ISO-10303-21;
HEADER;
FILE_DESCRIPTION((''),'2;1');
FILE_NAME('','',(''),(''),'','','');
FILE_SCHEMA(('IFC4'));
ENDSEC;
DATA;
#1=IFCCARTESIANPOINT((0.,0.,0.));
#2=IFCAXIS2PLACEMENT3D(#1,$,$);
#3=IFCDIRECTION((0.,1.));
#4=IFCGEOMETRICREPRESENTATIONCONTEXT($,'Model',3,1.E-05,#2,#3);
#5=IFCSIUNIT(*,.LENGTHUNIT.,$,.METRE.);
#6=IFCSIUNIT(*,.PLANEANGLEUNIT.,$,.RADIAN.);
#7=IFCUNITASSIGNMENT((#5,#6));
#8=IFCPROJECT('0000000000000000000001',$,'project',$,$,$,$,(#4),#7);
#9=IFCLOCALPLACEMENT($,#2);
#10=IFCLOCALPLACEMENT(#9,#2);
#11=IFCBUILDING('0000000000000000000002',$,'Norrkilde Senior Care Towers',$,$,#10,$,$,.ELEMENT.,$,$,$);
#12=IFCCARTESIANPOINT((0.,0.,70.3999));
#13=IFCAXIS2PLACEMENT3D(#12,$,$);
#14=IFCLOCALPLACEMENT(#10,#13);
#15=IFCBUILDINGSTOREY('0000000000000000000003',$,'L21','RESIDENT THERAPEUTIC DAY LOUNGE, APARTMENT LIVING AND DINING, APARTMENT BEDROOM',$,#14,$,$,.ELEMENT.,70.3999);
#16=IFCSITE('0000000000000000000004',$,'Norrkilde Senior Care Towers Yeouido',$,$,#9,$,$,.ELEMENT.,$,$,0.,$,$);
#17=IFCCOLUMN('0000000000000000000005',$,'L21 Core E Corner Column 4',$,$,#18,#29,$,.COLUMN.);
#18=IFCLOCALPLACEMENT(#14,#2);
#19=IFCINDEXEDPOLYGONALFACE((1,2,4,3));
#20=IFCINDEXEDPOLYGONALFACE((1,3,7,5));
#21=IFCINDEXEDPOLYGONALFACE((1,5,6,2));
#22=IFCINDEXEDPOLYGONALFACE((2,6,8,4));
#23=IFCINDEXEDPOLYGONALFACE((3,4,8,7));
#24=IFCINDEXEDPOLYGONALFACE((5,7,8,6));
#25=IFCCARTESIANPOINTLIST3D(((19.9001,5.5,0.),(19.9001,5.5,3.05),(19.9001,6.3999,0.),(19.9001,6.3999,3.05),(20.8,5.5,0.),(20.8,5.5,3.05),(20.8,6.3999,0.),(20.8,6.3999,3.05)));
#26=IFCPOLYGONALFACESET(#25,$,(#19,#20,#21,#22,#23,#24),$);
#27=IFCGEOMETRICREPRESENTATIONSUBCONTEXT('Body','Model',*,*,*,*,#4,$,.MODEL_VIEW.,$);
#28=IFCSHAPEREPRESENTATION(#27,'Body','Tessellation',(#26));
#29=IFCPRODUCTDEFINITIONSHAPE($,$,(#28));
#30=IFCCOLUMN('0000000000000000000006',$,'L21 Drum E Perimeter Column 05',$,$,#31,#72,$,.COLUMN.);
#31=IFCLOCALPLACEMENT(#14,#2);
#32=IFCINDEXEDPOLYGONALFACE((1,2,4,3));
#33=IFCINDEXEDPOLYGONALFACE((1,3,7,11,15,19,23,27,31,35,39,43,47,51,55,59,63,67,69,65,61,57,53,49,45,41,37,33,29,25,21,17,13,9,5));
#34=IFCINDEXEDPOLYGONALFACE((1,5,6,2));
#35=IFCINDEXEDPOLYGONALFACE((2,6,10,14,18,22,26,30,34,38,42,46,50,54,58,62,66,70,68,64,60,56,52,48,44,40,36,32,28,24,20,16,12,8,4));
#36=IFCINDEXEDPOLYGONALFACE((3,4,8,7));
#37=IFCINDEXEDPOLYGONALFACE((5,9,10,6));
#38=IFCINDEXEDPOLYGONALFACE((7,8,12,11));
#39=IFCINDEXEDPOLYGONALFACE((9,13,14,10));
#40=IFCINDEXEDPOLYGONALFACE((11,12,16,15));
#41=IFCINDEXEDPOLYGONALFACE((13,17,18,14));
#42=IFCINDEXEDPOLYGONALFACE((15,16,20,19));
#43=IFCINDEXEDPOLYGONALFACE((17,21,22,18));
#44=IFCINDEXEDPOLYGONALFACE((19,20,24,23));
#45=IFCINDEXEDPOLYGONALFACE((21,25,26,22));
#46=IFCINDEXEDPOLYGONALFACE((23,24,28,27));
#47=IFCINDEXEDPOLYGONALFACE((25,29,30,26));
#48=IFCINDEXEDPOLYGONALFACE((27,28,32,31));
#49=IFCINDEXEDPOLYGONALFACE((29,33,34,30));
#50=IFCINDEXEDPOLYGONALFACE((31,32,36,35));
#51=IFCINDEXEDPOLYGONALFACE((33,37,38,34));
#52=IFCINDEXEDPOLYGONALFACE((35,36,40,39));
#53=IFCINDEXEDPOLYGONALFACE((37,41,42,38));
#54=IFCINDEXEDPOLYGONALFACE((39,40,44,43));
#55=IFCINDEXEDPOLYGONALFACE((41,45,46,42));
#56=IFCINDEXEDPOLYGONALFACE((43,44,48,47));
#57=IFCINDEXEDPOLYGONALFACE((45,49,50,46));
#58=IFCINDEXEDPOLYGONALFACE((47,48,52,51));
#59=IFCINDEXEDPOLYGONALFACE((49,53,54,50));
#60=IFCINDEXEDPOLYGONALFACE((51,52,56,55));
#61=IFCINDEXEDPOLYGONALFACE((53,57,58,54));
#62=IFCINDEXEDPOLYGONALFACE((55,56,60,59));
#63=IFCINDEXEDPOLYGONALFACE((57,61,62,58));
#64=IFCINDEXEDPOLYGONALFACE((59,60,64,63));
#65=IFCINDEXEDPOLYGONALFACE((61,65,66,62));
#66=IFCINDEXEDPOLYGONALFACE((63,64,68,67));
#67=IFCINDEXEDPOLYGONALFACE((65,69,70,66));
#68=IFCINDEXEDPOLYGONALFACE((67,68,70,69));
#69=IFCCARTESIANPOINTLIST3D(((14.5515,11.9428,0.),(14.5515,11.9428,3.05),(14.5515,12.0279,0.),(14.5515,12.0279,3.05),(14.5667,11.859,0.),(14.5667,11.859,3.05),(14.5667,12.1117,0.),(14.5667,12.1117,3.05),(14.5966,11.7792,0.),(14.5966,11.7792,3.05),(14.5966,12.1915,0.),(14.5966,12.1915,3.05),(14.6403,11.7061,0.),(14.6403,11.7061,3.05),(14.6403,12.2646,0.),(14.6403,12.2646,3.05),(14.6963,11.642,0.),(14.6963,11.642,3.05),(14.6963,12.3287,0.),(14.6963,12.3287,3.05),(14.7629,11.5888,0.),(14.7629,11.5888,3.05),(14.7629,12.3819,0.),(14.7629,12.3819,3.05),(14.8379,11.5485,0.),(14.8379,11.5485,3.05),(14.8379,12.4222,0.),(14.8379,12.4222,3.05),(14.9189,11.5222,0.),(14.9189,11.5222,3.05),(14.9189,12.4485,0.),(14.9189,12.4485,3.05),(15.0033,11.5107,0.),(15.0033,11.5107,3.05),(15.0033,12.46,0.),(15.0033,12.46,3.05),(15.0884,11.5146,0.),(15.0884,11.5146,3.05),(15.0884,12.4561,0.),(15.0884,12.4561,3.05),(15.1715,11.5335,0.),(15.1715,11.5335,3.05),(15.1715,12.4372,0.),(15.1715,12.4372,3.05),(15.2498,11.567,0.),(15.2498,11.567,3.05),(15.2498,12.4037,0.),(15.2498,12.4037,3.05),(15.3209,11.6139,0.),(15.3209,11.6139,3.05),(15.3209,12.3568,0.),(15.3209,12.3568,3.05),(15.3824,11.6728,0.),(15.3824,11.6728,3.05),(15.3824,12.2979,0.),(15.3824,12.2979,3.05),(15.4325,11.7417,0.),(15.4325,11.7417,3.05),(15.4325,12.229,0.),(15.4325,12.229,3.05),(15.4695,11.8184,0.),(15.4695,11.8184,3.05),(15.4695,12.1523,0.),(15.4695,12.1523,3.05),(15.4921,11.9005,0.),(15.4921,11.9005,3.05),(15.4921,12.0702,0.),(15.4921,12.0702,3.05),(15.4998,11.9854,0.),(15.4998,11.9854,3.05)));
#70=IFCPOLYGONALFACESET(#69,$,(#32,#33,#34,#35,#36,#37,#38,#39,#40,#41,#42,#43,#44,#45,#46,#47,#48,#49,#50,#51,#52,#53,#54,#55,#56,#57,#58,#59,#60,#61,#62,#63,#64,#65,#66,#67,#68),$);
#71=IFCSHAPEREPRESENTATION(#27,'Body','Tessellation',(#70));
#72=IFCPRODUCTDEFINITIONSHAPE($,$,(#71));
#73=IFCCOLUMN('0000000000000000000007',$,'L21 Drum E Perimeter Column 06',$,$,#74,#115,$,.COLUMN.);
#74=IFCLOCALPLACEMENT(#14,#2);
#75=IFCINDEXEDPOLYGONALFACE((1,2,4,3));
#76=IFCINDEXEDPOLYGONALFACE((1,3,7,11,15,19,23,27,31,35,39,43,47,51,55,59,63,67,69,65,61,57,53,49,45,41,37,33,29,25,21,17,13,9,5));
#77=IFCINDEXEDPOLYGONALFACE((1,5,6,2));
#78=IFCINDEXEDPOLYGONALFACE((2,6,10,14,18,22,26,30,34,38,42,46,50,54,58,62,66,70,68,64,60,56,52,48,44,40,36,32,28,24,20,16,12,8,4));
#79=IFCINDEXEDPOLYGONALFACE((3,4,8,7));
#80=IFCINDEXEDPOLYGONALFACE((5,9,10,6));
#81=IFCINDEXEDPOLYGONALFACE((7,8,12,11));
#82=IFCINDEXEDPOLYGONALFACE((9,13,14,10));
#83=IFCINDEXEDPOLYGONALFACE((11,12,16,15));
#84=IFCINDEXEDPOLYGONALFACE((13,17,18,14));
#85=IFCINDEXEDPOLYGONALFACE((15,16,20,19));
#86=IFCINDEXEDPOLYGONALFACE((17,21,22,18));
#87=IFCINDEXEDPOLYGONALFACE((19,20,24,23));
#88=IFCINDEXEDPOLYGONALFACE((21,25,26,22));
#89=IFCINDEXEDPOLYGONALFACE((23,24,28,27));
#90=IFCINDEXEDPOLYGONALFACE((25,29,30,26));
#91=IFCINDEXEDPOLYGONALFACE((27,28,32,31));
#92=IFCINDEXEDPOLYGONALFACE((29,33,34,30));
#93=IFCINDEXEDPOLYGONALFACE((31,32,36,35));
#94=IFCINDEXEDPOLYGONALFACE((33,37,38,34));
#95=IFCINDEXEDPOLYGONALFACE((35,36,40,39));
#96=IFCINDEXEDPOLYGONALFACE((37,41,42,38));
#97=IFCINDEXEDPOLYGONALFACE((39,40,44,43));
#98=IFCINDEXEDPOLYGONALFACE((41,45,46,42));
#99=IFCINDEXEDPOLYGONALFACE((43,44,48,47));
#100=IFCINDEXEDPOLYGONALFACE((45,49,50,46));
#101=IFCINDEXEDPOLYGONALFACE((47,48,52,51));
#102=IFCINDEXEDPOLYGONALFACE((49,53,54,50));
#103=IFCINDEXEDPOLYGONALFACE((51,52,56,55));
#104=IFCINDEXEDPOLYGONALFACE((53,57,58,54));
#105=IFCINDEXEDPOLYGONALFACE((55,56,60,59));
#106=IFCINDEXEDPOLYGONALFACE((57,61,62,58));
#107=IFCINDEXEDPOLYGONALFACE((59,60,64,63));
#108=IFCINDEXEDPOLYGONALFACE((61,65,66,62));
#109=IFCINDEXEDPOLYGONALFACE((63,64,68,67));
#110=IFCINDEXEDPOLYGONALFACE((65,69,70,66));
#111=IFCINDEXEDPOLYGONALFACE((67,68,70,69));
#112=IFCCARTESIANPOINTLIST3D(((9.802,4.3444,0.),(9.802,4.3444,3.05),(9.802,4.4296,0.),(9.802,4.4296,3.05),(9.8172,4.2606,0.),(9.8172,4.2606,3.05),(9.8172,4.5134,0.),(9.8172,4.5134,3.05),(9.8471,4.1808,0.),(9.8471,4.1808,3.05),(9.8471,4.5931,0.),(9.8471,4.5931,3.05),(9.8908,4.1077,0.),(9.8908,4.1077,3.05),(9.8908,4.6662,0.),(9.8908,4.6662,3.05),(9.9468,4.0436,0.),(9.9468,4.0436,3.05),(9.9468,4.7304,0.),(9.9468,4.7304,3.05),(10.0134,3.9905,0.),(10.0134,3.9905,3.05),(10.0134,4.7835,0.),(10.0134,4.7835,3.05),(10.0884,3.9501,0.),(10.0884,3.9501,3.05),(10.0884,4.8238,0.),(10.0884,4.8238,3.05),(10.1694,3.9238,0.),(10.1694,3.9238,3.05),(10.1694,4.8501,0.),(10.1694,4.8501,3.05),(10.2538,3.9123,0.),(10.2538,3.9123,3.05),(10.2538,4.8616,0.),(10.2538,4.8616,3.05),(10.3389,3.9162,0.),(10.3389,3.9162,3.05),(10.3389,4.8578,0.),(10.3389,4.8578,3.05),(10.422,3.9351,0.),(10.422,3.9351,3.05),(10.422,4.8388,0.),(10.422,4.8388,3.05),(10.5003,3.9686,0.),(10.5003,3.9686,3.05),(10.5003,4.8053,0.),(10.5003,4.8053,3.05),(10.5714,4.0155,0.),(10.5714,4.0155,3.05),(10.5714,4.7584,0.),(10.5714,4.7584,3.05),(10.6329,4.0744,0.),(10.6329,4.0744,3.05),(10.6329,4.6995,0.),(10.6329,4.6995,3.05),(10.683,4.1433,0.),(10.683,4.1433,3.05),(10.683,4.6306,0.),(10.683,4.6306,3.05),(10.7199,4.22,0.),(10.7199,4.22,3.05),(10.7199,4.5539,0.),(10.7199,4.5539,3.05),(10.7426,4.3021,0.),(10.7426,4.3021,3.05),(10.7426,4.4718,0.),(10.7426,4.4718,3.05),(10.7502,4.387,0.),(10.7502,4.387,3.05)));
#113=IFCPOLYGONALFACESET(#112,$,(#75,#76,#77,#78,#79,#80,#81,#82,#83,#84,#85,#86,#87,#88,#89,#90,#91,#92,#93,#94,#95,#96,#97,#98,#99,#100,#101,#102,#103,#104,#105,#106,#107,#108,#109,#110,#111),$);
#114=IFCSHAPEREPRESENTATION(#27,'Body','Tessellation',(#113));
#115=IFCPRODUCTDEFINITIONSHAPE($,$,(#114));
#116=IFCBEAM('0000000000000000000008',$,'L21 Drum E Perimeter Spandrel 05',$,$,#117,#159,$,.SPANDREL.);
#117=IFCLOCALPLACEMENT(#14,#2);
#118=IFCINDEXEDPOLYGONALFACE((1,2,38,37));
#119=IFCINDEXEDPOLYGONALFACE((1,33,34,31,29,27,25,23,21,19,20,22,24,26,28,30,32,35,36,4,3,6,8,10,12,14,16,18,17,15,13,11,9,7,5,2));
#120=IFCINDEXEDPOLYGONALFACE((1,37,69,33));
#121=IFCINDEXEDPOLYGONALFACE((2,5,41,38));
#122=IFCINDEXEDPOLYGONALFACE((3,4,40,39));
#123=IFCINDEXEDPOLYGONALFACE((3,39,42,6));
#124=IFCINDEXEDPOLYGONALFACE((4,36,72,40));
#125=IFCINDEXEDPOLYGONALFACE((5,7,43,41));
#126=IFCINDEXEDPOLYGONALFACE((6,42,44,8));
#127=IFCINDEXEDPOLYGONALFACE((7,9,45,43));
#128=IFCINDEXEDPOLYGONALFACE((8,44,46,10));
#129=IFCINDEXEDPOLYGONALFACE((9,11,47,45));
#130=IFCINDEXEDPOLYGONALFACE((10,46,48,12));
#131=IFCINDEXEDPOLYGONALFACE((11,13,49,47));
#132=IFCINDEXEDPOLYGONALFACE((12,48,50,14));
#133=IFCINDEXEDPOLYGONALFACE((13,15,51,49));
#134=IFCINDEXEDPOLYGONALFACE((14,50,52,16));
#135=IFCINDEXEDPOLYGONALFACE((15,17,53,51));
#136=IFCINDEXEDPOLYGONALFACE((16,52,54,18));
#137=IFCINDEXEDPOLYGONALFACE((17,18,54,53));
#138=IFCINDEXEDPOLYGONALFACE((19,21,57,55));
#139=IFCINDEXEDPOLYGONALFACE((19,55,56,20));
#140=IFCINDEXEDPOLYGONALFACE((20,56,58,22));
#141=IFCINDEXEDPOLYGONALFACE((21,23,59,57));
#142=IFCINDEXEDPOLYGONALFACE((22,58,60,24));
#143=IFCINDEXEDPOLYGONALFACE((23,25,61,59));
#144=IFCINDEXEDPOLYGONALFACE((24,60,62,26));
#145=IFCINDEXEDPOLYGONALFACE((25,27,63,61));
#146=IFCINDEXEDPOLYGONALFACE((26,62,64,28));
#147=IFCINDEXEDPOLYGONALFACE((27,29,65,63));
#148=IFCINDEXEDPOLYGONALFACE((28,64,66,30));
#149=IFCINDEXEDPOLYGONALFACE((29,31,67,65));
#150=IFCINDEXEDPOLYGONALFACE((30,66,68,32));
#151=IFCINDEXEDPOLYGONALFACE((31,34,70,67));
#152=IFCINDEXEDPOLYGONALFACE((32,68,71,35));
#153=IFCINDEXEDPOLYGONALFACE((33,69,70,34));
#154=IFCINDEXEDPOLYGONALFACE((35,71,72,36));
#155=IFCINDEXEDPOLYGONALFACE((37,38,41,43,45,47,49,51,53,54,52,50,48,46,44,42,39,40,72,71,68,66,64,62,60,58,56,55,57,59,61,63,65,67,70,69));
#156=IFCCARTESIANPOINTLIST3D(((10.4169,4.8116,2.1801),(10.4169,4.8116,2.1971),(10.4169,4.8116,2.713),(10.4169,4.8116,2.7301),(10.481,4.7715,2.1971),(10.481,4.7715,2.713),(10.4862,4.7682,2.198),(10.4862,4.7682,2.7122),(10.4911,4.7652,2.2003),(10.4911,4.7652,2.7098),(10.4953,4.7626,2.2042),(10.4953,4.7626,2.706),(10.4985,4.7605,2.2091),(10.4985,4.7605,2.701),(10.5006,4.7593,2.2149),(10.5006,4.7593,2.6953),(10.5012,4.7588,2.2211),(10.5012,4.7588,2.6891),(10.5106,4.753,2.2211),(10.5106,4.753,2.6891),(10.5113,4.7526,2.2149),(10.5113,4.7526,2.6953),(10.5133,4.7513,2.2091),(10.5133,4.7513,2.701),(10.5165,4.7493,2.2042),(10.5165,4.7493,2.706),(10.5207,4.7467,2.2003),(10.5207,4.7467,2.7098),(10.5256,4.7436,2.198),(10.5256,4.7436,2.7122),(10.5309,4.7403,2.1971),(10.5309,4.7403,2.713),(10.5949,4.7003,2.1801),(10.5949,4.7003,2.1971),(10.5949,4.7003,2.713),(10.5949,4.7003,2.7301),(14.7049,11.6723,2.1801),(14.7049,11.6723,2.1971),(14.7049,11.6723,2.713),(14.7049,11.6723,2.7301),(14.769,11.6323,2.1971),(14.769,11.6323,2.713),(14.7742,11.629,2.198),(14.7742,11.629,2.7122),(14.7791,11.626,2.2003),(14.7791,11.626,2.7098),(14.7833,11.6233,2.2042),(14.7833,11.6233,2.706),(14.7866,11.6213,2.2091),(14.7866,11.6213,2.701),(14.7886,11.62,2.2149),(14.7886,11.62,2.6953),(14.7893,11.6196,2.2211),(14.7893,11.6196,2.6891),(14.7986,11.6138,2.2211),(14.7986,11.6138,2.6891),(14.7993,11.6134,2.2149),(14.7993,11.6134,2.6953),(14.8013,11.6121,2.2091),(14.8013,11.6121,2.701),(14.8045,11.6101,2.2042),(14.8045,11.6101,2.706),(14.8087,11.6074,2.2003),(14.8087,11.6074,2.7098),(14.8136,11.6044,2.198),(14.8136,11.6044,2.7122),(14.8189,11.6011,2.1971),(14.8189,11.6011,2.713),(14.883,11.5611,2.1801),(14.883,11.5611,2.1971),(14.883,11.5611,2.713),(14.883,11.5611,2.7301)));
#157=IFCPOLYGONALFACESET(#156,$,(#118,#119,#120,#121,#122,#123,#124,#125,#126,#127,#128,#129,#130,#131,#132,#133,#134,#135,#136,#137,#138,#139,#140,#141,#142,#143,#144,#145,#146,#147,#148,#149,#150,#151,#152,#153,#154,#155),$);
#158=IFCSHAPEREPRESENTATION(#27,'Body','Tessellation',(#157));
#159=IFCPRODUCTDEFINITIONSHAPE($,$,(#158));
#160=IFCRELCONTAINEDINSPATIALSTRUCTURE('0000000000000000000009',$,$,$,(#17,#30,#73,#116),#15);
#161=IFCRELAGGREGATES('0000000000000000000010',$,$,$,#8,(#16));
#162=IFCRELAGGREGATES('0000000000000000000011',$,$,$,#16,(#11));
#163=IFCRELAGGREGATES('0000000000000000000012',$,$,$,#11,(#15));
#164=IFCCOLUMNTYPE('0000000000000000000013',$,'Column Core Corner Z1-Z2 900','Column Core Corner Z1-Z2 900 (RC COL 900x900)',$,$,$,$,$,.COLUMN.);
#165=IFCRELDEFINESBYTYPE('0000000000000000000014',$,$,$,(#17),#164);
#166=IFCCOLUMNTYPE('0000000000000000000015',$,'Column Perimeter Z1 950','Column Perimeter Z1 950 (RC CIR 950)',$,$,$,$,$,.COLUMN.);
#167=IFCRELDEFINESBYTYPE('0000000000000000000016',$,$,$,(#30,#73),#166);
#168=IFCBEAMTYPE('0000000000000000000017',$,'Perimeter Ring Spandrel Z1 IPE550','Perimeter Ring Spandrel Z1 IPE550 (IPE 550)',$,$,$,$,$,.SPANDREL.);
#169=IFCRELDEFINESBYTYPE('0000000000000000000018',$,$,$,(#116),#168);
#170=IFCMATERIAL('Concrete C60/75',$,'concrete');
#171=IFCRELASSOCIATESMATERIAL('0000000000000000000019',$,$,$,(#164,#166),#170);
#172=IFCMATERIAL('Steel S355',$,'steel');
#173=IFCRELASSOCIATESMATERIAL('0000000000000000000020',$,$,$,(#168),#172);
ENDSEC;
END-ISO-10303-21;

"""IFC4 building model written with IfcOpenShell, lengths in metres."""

from ifc_helpers import new_model, si_unit, direction, frame, origin, origin_2d, place, context, subcontext, project, spatial, rectangle, circle, i_section, extrude, source, transform, mapped, material, material_profile, profile_set, type_object, type_shapes, element, save


model = new_model("IFC4")

# Units and contexts
model_context = context("Model", 3, precision=1e-05, world=origin(), true_north=direction((0.0, 1.0)))
body_context = subcontext(model_context, "Body", "Model", "MODEL_VIEW")
ifc_project = project(units=[si_unit("LENGTHUNIT", "METRE"), si_unit("PLANEANGLEUNIT", "RADIAN")], contexts=[model_context])

# Site, building, storey
site_placement = place(None, origin())
site = spatial("IfcSite", under=ifc_project, at=site_placement, Name="Norrkilde Senior Care Towers Yeouido", CompositionType="ELEMENT", RefElevation=0.0)
building_placement = place(site_placement, origin())
building = spatial("IfcBuilding", under=site, at=building_placement, Name="Norrkilde Senior Care Towers", CompositionType="ELEMENT")
storey_placement = place(building_placement, frame((0.0, 0.0, 70.3999)))
storey = spatial("IfcBuildingStorey", under=building, at=storey_placement, Name="L21", Description="RESIDENT THERAPEUTIC DAY LOUNGE, APARTMENT LIVING AND DINING, APARTMENT BEDROOM", CompositionType="ELEMENT", Elevation=70.3999)

# Columns
ifc_material_1 = material(Name="Concrete C60/75", Category="concrete")
ifc_material_profile_1 = material_profile(ifc_material_1, rectangle(XDim=0.8999, YDim=0.8999, at=origin_2d()), Name="RC COL 900x900")
ifc_profile_set_1 = profile_set([ifc_material_profile_1], Name="Concrete C60/75")
column_type_1 = type_object("IfcColumnType", Name="Column Core Corner Z1-Z2 900", Description="Column Core Corner Z1-Z2 900 (RC COL 900x900)", PredefinedType="COLUMN", material=ifc_profile_set_1)
shared_shape_1 = source(origin(), body_context, "Body", "SweptSolid", [
    extrude(rectangle(XDim=0.8999, YDim=0.8999, at=origin_2d()), origin(), (0.0, 0.0, 1.0), 3.05),
])
type_shapes(column_type_1, [shared_shape_1])
column_placement = place(storey_placement, frame((20.3501, 5.95, 0.0), z_axis=(0.0, 0.0, 1.0), x_axis=(1.0, 0.0, 0.0)))
element("IfcColumn", 1, at=column_placement, inside=storey, type_object=column_type_1, Name="L21 Core E Corner Column 4", PredefinedType="COLUMN", context=body_context, shape_type="MappedRepresentation", body=[
    mapped(shared_shape_1, transform((0.0, 0.0, 0.0), x_axis=(1.0, 0.0, 0.0), y_axis=(0.0, 1.0, 0.0), z_axis=(0.0, 0.0, 1.0), scale=1.0)),
])
ifc_material_profile_2 = material_profile(ifc_material_1, circle(Radius=0.4751, at=origin_2d()), Name="RC CIR 950")
ifc_profile_set_2 = profile_set([ifc_material_profile_2], Name="Concrete C60/75")
column_type_2 = type_object("IfcColumnType", Name="Column Perimeter Z1 950", Description="Column Perimeter Z1 950 (RC CIR 950)", PredefinedType="COLUMN", material=ifc_profile_set_2)
shared_shape_2 = source(origin(), body_context, "Body", "SweptSolid", [
    extrude(circle(Radius=0.4751, at=origin_2d()), origin(), (0.0, 0.0, 1.0), 3.05),
])
type_shapes(column_type_2, [shared_shape_2])
for number, where, z_axis, x_axis, name in (
    (2, (15.0247, 11.9854, 0.0), (0.0, 0.0, 1.0), (1.0, 0.0, 0.0), "L21 Drum E Perimeter Column 05"),
    (3, (10.2751, 4.387, 0.0), (0.0, 0.0, 1.0), (1.0, 0.0, 0.0), "L21 Drum E Perimeter Column 06"),
):
    element("IfcColumn", number, at=place(storey_placement, frame(where, z_axis=z_axis, x_axis=x_axis)), inside=storey, type_object=column_type_2, Name=name, PredefinedType="COLUMN", context=body_context, shape_type="MappedRepresentation", body=[
        mapped(shared_shape_2, transform((0.0, 0.0, 0.0), x_axis=(1.0, 0.0, 0.0), y_axis=(0.0, 1.0, 0.0), z_axis=(0.0, 0.0, 1.0), scale=1.0)),
    ])

# Beam
ifc_material_2 = material(Name="Steel S355", Category="steel")
ifc_material_profile_3 = material_profile(ifc_material_2, i_section(OverallWidth=0.21, OverallDepth=0.55, WebThickness=0.011, FlangeThickness=0.0171, FilletRadius=0.0239, at=origin_2d()), Name="IPE 550")
ifc_profile_set_3 = profile_set([ifc_material_profile_3], Name="Steel S355")
beam_type_1 = type_object("IfcBeamType", Name="Perimeter Ring Spandrel Z1 IPE550", Description="Perimeter Ring Spandrel Z1 IPE550 (IPE 550)", PredefinedType="SPANDREL", material=ifc_profile_set_3)
shared_shape_3 = source(origin(), body_context, "Body", "SweptSolid", [
    extrude(i_section(OverallWidth=0.21, OverallDepth=0.55, WebThickness=0.011, FlangeThickness=0.0171, FilletRadius=0.0239, at=origin_2d()), origin(), (0.0, 0.0, 1.0), 8.0906),
])
beam_1_placement = place(storey_placement, frame((14.7939, 11.6167, 2.4551), z_axis=(-0.530004, -0.847995, 0.0), x_axis=(0.847995, -0.530004, 0.0)))
element("IfcBeam", 4, at=beam_1_placement, inside=storey, type_object=beam_type_1, Name="L21 Drum E Perimeter Spandrel 05", PredefinedType="SPANDREL", context=body_context, shape_type="MappedRepresentation", body=[
    mapped(shared_shape_3, transform((0.0, 0.0, 0.0), x_axis=(1.0, 0.0, 0.0), y_axis=(0.0, 1.0, 0.0), z_axis=(0.0, 0.0, 1.0), scale=1.0)),
])

save(model, "model.ifc")
